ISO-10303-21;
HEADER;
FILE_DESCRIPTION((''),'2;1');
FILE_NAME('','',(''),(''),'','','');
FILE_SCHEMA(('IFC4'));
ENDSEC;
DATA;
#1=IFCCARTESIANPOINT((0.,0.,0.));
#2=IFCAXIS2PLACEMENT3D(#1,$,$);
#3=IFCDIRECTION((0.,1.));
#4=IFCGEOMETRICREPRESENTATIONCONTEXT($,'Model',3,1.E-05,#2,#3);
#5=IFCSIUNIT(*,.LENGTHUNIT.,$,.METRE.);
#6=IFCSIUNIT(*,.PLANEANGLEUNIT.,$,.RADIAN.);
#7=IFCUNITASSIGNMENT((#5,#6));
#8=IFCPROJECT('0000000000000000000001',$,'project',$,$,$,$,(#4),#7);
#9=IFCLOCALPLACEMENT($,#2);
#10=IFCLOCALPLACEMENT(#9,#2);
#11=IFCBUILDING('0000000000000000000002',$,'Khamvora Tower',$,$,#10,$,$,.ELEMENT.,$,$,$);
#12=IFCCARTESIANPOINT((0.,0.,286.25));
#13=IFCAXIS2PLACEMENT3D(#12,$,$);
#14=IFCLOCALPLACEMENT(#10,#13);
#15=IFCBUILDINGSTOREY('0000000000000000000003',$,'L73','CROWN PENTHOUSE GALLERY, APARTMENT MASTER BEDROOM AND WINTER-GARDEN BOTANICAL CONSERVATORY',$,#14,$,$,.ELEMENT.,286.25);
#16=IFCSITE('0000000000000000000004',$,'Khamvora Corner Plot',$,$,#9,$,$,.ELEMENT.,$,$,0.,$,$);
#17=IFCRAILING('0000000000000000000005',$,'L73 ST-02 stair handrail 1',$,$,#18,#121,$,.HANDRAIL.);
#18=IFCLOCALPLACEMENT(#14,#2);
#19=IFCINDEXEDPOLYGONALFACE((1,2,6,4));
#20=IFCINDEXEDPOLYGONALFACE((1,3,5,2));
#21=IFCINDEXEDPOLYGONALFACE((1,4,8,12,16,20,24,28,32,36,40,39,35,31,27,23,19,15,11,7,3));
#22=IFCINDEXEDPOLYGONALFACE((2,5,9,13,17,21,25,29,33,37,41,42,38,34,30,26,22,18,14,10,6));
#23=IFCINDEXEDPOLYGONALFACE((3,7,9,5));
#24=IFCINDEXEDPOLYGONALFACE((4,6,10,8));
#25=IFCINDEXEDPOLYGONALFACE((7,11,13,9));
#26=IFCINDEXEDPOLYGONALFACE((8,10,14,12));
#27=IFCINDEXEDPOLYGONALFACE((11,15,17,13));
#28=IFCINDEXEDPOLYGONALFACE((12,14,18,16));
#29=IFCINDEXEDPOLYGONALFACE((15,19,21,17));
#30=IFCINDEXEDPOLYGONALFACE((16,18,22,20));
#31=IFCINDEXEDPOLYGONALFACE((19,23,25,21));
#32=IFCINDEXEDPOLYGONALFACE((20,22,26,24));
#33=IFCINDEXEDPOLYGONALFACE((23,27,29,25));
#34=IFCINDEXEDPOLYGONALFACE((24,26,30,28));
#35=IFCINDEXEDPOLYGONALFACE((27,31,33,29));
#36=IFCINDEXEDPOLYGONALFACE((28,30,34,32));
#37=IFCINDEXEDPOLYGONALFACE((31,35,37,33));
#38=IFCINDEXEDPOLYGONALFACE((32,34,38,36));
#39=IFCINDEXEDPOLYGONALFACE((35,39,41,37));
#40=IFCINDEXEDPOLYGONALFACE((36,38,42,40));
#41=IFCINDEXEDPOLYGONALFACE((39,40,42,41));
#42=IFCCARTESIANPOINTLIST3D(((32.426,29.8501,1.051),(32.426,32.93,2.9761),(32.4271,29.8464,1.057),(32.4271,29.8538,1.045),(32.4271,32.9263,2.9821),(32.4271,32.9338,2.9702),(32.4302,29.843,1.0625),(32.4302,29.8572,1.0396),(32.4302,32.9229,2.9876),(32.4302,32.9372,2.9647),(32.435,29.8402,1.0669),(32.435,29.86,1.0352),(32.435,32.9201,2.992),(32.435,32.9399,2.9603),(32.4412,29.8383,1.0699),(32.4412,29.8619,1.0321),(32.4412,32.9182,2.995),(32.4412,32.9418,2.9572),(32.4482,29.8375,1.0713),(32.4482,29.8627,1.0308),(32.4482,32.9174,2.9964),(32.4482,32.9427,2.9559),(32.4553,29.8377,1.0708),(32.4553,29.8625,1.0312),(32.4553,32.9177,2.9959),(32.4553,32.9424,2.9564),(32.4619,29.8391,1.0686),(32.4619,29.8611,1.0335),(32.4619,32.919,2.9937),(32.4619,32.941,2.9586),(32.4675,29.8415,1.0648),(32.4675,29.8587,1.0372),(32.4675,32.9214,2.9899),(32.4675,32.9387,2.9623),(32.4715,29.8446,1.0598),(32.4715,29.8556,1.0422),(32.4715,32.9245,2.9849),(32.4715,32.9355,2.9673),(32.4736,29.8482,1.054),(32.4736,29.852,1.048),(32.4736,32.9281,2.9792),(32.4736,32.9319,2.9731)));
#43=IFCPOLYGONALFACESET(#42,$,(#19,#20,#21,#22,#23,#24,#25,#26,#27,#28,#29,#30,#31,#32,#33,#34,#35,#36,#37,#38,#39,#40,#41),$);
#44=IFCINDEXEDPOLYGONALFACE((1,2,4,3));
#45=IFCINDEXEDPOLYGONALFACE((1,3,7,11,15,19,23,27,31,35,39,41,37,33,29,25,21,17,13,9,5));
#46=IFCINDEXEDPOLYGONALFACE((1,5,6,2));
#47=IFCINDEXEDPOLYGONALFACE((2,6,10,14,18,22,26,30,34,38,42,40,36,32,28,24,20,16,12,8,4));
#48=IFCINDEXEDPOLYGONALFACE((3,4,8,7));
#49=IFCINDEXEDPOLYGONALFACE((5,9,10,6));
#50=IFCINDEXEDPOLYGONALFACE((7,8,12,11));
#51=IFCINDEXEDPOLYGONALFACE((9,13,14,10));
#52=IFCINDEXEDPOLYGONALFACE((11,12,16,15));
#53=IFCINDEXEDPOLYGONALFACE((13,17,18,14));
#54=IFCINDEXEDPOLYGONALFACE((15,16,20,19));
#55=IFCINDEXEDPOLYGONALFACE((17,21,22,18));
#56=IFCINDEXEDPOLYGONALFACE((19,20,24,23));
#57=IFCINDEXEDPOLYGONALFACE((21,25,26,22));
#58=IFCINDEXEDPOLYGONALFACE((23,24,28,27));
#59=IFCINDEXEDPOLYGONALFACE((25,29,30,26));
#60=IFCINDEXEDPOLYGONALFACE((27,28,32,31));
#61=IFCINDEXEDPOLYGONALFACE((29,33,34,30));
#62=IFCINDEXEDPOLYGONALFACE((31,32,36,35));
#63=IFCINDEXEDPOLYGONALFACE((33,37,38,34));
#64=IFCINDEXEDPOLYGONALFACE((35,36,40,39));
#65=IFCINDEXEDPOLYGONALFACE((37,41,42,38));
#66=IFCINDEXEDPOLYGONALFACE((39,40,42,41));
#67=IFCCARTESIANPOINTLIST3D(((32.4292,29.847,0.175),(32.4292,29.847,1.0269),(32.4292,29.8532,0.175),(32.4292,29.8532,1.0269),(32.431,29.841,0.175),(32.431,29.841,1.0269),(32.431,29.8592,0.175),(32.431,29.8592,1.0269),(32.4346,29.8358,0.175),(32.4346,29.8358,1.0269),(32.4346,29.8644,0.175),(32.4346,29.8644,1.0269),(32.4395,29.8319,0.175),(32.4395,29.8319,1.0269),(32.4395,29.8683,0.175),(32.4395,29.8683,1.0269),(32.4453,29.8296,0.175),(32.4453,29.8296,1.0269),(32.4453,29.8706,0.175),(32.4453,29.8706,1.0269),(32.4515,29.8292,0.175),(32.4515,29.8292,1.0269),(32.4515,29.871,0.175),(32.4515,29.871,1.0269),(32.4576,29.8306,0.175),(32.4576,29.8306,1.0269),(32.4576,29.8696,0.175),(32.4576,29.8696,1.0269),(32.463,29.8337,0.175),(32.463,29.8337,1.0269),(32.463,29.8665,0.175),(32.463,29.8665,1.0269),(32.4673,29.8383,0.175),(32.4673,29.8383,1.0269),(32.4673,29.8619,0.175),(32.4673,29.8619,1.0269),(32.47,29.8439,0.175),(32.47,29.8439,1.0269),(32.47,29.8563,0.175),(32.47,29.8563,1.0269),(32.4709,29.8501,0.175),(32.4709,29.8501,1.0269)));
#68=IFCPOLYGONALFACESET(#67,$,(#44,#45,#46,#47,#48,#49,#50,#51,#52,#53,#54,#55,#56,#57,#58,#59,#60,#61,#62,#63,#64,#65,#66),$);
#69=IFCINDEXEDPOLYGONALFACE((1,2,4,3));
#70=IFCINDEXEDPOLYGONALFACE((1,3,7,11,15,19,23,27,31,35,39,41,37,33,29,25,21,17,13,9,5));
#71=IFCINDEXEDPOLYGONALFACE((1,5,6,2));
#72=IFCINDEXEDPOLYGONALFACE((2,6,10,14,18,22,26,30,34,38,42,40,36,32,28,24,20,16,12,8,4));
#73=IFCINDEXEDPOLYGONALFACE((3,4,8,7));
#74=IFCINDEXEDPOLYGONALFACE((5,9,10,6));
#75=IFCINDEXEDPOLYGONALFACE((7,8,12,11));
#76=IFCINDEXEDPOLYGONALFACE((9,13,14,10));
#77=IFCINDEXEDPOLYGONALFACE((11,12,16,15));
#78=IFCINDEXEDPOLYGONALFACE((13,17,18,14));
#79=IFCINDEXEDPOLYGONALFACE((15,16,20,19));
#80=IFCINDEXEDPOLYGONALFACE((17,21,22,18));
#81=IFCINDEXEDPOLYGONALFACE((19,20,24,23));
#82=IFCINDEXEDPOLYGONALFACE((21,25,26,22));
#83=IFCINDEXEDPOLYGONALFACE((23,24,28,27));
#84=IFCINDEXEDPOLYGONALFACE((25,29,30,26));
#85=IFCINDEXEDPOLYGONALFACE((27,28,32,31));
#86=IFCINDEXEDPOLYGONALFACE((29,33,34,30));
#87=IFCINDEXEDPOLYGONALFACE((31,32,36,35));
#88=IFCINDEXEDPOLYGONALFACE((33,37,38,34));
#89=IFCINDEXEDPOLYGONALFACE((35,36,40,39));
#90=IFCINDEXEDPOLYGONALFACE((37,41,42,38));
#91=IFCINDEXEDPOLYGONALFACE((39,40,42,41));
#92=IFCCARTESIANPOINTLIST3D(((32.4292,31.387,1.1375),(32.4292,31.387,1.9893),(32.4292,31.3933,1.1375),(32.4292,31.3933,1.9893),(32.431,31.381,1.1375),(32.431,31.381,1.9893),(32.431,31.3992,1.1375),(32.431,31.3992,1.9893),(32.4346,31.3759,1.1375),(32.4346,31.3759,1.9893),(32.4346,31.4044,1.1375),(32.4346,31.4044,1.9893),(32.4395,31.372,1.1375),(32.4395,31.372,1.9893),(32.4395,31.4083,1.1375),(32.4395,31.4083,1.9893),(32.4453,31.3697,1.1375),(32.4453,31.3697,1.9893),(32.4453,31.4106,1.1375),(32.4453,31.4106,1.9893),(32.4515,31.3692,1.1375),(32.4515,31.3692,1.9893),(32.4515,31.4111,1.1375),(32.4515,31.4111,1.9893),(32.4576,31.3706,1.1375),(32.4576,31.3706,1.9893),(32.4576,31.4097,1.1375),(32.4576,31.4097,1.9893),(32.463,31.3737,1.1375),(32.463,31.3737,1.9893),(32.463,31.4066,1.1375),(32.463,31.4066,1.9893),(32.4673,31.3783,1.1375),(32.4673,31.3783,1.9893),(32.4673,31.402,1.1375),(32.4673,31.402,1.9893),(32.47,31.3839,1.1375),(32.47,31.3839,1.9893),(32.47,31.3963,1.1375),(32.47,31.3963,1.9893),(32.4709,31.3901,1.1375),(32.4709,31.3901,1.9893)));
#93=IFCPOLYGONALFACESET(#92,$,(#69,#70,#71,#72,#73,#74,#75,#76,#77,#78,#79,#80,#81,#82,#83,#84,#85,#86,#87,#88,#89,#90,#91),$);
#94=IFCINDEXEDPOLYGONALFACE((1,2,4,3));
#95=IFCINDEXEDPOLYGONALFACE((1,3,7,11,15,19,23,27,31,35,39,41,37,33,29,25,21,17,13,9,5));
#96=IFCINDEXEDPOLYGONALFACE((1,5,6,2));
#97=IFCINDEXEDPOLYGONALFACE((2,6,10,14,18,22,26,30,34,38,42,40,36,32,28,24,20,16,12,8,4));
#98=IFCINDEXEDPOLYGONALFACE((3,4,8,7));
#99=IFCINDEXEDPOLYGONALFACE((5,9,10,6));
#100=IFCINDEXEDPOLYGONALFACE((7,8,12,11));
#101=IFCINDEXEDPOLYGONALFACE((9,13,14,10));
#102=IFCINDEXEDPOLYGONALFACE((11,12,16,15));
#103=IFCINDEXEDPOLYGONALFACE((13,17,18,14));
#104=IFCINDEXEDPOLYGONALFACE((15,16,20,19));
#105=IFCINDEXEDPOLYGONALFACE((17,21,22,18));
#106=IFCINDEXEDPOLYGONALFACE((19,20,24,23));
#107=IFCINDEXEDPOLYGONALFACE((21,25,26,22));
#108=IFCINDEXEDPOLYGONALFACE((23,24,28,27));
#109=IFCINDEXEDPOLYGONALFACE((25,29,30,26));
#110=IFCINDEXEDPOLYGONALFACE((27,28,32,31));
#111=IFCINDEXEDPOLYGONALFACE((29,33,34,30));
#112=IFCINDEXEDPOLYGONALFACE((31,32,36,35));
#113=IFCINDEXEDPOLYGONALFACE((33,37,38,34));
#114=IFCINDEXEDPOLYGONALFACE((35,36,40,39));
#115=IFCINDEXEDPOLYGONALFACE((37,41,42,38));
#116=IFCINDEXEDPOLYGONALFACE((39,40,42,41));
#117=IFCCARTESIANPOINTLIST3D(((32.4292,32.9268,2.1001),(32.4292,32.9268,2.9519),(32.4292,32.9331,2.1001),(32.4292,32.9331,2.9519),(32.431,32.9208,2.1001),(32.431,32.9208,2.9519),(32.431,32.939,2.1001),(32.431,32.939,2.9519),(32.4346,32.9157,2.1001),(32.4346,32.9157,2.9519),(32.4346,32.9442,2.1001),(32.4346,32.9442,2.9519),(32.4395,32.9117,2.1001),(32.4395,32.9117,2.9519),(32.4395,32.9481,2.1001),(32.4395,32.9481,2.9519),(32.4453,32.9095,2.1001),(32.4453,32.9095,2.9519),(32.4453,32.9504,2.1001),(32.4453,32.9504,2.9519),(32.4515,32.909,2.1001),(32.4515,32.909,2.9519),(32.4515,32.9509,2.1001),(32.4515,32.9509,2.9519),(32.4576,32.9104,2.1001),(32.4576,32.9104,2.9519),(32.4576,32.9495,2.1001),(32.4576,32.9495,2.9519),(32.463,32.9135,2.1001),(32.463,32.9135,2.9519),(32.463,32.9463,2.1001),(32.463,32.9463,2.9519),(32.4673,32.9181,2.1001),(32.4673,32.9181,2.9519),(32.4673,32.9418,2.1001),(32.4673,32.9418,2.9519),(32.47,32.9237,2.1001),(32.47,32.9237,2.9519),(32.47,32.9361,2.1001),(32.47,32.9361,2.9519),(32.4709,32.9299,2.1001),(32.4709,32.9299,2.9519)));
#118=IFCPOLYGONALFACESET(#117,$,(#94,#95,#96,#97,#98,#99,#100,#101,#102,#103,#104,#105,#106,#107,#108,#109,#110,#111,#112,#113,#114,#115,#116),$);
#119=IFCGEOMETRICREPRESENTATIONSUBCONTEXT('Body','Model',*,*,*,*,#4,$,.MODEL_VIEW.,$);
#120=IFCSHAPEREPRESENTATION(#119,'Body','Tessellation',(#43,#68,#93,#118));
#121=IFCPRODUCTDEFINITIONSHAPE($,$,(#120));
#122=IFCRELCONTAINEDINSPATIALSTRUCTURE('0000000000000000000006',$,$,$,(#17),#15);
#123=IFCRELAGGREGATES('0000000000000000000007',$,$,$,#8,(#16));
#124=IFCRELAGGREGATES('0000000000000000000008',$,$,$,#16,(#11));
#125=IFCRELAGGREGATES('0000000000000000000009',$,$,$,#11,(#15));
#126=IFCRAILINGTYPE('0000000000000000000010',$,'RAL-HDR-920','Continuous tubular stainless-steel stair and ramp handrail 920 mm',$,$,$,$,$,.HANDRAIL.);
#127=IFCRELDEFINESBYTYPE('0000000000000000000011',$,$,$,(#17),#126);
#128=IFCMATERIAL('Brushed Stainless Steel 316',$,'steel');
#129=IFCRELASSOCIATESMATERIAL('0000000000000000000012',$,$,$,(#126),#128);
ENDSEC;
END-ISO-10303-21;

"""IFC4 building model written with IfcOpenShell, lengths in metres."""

from ifc_helpers import new_model, si_unit, direction, frame, origin, origin_2d, place, context, subcontext, project, spatial, circle, extrude, material, type_object, element, save


model = new_model("IFC4")

# Units and contexts
model_context = context("Model", 3, precision=1e-05, world=origin(), true_north=direction((0.0, 1.0)))
body_context = subcontext(model_context, "Body", "Model", "MODEL_VIEW")
ifc_project = project(units=[si_unit("LENGTHUNIT", "METRE"), si_unit("PLANEANGLEUNIT", "RADIAN")], contexts=[model_context])

# Site, building, storey
site_placement = place(None, origin())
site = spatial("IfcSite", under=ifc_project, at=site_placement, Name="Khamvora Corner Plot", CompositionType="ELEMENT", RefElevation=0.0)
building_placement = place(site_placement, origin())
building = spatial("IfcBuilding", under=site, at=building_placement, Name="Khamvora Tower", CompositionType="ELEMENT")
storey_placement = place(building_placement, frame((0.0, 0.0, 286.25)))
storey = spatial("IfcBuildingStorey", under=building, at=storey_placement, Name="L73", Description="CROWN PENTHOUSE GALLERY, APARTMENT MASTER BEDROOM AND WINTER-GARDEN BOTANICAL CONSERVATORY", CompositionType="ELEMENT", Elevation=286.25)

# Railing
ifc_material_1 = material(Name="Brushed Stainless Steel 316", Category="steel")
railing_type_1 = type_object("IfcRailingType", Name="RAL-HDR-920", Description="Continuous tubular stainless-steel stair and ramp handrail 920 mm", PredefinedType="HANDRAIL", material=ifc_material_1)
railing_1_placement = place(storey_placement, frame((32.45, 29.8501, 0.175)))
element("IfcRailing", 1, at=railing_1_placement, inside=storey, type_object=railing_type_1, Name="L73 ST-02 stair handrail 1", PredefinedType="HANDRAIL", context=body_context, shape_type="SweptSolid", body=[
    extrude(circle(Radius=0.0239, at=origin_2d()), frame((0.0, 0.0, 0.876), z_axis=(0.0, 0.847979, 0.530029), x_axis=(-1.0, 0.0, 0.0)), (0.0, 0.0, 1.0), 3.6321),
    extrude(circle(Radius=0.021, at=origin_2d()), origin(), (0.0, 0.0, 1.0), 0.8518),
    extrude(circle(Radius=0.021, at=origin_2d()), frame((0.0, 1.54, 0.9624)), (0.0, 0.0, 1.0), 0.8518),
    extrude(circle(Radius=0.021, at=origin_2d()), frame((0.0, 3.0798, 1.925)), (0.0, 0.0, 1.0), 0.8518),
])

save(model, "model.ifc")
